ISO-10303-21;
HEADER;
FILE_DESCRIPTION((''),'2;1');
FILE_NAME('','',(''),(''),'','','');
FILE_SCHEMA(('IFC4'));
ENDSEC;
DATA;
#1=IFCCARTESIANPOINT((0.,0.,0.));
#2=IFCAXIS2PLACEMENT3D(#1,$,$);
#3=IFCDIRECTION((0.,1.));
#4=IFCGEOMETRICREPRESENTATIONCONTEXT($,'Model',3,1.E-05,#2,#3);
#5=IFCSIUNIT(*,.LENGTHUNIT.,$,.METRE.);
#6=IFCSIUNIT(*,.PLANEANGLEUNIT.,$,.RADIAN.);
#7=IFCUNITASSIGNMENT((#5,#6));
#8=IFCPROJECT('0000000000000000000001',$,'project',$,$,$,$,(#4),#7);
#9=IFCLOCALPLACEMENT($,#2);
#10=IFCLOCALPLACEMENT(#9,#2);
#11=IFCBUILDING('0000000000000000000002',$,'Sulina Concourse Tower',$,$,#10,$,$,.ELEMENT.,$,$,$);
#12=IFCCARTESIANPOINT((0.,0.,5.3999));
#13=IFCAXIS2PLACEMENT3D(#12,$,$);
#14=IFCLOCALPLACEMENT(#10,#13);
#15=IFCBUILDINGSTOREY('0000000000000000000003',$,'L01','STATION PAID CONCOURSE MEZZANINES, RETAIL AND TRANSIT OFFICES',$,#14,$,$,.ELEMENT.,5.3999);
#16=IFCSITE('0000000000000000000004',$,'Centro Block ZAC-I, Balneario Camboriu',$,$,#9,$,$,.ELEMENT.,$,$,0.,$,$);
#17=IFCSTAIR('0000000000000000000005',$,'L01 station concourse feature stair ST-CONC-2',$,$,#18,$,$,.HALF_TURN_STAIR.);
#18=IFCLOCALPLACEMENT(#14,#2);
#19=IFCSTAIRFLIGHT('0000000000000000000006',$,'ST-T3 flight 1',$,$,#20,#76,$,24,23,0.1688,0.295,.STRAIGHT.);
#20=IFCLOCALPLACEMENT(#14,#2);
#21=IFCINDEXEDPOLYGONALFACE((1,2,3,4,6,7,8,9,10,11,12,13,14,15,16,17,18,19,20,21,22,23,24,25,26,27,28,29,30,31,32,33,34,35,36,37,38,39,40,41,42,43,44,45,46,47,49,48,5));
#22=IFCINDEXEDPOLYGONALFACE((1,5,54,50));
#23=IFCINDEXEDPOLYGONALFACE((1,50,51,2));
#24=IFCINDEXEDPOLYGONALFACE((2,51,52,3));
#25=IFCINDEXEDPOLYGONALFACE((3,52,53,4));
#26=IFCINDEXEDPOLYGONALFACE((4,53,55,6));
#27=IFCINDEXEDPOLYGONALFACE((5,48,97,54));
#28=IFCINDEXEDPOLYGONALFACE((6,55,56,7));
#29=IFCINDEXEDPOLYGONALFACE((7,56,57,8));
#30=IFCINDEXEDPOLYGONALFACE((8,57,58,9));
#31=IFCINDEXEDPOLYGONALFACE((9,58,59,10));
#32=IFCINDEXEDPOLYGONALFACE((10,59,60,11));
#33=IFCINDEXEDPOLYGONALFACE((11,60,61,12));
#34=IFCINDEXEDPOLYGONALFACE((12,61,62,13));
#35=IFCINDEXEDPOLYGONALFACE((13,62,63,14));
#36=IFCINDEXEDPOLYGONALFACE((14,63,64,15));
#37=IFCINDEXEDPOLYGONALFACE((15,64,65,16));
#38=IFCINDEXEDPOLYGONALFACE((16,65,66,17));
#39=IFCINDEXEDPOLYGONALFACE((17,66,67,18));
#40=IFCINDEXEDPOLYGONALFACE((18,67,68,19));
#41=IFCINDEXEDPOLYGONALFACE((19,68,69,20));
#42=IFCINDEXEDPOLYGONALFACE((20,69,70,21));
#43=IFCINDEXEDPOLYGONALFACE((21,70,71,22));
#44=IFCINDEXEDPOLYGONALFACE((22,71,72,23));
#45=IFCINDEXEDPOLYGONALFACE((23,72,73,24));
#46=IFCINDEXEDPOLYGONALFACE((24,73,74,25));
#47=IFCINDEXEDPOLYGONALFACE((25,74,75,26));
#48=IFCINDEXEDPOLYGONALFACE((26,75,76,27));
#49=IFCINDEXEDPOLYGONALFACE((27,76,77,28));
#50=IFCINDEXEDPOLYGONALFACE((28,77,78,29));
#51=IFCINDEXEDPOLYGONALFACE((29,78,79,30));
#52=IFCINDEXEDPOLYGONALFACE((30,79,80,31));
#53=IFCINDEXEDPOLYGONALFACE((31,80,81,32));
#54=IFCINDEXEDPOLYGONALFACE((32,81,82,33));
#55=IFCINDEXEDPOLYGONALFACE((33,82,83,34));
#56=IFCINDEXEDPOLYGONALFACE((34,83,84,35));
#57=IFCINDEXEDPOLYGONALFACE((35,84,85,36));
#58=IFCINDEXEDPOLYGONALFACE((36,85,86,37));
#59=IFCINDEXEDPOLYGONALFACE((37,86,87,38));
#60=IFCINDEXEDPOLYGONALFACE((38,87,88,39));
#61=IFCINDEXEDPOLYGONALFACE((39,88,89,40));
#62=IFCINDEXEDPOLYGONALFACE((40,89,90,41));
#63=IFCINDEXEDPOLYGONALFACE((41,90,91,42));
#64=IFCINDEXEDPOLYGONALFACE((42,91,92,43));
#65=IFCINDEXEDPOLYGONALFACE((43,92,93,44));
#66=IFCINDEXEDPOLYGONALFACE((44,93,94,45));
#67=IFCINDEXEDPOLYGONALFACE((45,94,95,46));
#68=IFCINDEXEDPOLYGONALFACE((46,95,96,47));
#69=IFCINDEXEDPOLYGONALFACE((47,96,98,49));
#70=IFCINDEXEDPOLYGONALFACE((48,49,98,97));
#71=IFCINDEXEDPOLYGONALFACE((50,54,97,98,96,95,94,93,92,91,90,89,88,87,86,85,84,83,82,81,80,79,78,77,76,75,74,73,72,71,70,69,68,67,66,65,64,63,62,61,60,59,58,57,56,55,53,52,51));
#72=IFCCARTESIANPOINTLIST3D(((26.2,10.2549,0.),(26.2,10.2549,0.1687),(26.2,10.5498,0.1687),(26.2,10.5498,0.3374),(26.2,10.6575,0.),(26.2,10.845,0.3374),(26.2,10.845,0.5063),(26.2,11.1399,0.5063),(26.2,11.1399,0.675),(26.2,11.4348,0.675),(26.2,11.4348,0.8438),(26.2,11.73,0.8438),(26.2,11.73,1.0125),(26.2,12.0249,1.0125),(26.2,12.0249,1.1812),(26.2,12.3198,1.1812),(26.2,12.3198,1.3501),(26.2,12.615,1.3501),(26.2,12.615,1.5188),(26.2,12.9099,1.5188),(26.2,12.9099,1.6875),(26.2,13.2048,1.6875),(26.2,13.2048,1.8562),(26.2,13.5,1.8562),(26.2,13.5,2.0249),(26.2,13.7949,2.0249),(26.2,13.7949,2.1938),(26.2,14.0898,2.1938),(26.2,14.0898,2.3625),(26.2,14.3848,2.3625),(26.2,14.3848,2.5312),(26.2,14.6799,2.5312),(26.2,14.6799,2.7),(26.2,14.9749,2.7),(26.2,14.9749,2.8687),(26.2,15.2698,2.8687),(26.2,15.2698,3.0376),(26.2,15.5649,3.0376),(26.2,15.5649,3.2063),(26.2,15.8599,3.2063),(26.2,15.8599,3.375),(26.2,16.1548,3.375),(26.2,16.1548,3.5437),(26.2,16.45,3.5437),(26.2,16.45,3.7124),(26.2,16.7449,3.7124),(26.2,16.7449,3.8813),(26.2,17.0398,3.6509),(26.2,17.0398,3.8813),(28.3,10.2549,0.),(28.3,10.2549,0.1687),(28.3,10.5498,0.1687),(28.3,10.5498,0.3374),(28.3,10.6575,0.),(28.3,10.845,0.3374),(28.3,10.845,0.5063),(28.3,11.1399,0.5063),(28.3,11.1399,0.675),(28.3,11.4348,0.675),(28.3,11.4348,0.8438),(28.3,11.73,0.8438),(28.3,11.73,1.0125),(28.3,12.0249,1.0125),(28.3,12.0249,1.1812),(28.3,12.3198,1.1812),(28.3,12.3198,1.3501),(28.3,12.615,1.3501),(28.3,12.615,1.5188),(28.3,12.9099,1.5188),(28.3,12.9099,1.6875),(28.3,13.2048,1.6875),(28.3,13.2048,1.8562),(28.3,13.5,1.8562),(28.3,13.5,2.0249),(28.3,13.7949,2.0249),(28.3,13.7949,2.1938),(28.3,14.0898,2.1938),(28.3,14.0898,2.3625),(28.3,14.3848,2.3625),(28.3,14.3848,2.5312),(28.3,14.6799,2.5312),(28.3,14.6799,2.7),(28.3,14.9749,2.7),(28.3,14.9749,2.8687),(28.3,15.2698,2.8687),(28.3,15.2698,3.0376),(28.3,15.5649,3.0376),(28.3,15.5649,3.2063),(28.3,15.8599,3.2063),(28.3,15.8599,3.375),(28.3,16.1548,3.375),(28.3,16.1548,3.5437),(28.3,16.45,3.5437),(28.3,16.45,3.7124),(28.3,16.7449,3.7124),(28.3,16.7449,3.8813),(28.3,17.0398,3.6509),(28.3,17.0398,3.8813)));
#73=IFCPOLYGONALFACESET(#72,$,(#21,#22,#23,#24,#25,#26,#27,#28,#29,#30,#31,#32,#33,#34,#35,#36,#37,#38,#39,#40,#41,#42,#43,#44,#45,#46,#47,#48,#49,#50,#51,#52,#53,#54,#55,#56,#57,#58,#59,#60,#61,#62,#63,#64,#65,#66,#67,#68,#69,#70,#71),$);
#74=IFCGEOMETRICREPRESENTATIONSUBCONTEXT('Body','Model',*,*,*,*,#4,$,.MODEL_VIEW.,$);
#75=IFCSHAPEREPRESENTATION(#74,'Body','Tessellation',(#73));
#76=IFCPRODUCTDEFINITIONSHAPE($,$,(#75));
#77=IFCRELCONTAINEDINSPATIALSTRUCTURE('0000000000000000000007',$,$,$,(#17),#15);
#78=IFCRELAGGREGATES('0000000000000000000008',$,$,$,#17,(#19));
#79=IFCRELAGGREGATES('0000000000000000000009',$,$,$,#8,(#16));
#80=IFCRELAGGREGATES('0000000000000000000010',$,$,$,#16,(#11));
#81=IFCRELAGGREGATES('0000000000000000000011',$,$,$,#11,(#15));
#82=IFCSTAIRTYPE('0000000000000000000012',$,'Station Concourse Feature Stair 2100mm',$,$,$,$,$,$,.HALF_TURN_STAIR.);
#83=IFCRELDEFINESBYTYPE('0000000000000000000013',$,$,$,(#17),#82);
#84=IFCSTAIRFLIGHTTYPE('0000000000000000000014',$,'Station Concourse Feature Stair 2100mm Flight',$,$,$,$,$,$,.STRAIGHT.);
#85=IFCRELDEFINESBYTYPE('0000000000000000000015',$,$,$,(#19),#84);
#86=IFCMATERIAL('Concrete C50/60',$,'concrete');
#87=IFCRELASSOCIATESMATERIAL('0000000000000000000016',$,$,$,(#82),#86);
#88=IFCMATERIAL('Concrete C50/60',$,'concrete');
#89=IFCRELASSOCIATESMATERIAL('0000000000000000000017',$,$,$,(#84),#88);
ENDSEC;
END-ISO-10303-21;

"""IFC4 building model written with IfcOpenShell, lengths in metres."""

from ifc_helpers import new_model, si_unit, direction, frame, origin, place, context, subcontext, project, spatial, polyline, outline, extrude, material, type_object, element, aggregate, save


model = new_model("IFC4")

# Units and contexts
model_context = context("Model", 3, precision=1e-05, world=origin(), true_north=direction((0.0, 1.0)))
body_context = subcontext(model_context, "Body", "Model", "MODEL_VIEW")
ifc_project = project(units=[si_unit("LENGTHUNIT", "METRE"), si_unit("PLANEANGLEUNIT", "RADIAN")], contexts=[model_context])

# Site, building, storey
site_placement = place(None, origin())
site = spatial("IfcSite", under=ifc_project, at=site_placement, Name="Centro Block ZAC-I, Balneario Camboriu", CompositionType="ELEMENT", RefElevation=0.0)
building_placement = place(site_placement, origin())
building = spatial("IfcBuilding", under=site, at=building_placement, Name="Sulina Concourse Tower", CompositionType="ELEMENT")
storey_placement = place(building_placement, frame((0.0, 0.0, 5.3999)))
storey = spatial("IfcBuildingStorey", under=building, at=storey_placement, Name="L01", Description="STATION PAID CONCOURSE MEZZANINES, RETAIL AND TRANSIT OFFICES", CompositionType="ELEMENT", Elevation=5.3999)

# Stair, stair flight
ifc_material_1 = material(Name="Concrete C50/60", Category="concrete")
stair_type = type_object("IfcStairType", Name="Station Concourse Feature Stair 2100mm", PredefinedType="HALF_TURN_STAIR", material=ifc_material_1)
stair_placement = place(storey_placement, origin())
stair = element("IfcStair", 1, at=stair_placement, inside=storey, type_object=stair_type, Name="L01 station concourse feature stair ST-CONC-2", PredefinedType="HALF_TURN_STAIR")
ifc_material_2 = material(Name="Concrete C50/60", Category="concrete")
stair_flight_type = type_object("IfcStairFlightType", Name="Station Concourse Feature Stair 2100mm Flight", PredefinedType="STRAIGHT", material=ifc_material_2)
stair_flight_placement = place(storey_placement, frame((27.25, 10.2549, 0.0), z_axis=(0.0, 0.0, 1.0), x_axis=(0.0, 1.0, 0.0)))
stair_flight = element("IfcStairFlight", 2, at=stair_flight_placement, type_object=stair_flight_type, Name="ST-T3 flight 1", NumberOfRisers=24, NumberOfTreads=23, PredefinedType="STRAIGHT", RiserHeight=0.1688, TreadLength=0.295, context=body_context, shape_type="SweptSolid", body=[
    extrude(outline(polyline([(0.0, 0.0), (0.0, 0.1687), (0.2949, 0.1687), (0.2949, 0.3374), (0.5901, 0.3374), (0.5901, 0.5063), (0.885, 0.5063), (0.885, 0.675), (1.1799, 0.675), (1.1799, 0.8438), (1.4751, 0.8438), (1.4751, 1.0125), (1.77, 1.0125), (1.77, 1.1812), (2.0649, 1.1812), (2.0649, 1.3501), (2.3601, 1.3501), (2.3601, 1.5188), (2.655, 1.5188), (2.655, 1.6875), (2.95, 1.6875), (2.95, 1.8562), (3.2451, 1.8562), (3.2451, 2.0249), (3.54, 2.0249), (3.54, 2.1938), (3.835, 2.1938), (3.835, 2.3625), (4.1299, 2.3625), (4.1299, 2.5312), (4.425, 2.5312), (4.425, 2.7), (4.72, 2.7), (4.72, 2.8687), (5.0149, 2.8687), (5.0149, 3.0376), (5.3101, 3.0376), (5.3101, 3.2063), (5.605, 3.2063), (5.605, 3.375), (5.8999, 3.375), (5.8999, 3.5437), (6.1951, 3.5437), (6.1951, 3.7124), (6.49, 3.7124), (6.49, 3.8813), (6.7849, 3.8813), (6.7849, 4.05), (6.7849, 3.6509), (0.4026, 0.0), (0.0, 0.0)])), frame((0.0, 1.05, 0.0), z_axis=(0.0, -1.0, 0.0), x_axis=(1.0, 0.0, 0.0)), (0.0, 0.0, 1.0), 2.1001),
])
aggregate(stair, [stair_flight])

save(model, "model.ifc")
